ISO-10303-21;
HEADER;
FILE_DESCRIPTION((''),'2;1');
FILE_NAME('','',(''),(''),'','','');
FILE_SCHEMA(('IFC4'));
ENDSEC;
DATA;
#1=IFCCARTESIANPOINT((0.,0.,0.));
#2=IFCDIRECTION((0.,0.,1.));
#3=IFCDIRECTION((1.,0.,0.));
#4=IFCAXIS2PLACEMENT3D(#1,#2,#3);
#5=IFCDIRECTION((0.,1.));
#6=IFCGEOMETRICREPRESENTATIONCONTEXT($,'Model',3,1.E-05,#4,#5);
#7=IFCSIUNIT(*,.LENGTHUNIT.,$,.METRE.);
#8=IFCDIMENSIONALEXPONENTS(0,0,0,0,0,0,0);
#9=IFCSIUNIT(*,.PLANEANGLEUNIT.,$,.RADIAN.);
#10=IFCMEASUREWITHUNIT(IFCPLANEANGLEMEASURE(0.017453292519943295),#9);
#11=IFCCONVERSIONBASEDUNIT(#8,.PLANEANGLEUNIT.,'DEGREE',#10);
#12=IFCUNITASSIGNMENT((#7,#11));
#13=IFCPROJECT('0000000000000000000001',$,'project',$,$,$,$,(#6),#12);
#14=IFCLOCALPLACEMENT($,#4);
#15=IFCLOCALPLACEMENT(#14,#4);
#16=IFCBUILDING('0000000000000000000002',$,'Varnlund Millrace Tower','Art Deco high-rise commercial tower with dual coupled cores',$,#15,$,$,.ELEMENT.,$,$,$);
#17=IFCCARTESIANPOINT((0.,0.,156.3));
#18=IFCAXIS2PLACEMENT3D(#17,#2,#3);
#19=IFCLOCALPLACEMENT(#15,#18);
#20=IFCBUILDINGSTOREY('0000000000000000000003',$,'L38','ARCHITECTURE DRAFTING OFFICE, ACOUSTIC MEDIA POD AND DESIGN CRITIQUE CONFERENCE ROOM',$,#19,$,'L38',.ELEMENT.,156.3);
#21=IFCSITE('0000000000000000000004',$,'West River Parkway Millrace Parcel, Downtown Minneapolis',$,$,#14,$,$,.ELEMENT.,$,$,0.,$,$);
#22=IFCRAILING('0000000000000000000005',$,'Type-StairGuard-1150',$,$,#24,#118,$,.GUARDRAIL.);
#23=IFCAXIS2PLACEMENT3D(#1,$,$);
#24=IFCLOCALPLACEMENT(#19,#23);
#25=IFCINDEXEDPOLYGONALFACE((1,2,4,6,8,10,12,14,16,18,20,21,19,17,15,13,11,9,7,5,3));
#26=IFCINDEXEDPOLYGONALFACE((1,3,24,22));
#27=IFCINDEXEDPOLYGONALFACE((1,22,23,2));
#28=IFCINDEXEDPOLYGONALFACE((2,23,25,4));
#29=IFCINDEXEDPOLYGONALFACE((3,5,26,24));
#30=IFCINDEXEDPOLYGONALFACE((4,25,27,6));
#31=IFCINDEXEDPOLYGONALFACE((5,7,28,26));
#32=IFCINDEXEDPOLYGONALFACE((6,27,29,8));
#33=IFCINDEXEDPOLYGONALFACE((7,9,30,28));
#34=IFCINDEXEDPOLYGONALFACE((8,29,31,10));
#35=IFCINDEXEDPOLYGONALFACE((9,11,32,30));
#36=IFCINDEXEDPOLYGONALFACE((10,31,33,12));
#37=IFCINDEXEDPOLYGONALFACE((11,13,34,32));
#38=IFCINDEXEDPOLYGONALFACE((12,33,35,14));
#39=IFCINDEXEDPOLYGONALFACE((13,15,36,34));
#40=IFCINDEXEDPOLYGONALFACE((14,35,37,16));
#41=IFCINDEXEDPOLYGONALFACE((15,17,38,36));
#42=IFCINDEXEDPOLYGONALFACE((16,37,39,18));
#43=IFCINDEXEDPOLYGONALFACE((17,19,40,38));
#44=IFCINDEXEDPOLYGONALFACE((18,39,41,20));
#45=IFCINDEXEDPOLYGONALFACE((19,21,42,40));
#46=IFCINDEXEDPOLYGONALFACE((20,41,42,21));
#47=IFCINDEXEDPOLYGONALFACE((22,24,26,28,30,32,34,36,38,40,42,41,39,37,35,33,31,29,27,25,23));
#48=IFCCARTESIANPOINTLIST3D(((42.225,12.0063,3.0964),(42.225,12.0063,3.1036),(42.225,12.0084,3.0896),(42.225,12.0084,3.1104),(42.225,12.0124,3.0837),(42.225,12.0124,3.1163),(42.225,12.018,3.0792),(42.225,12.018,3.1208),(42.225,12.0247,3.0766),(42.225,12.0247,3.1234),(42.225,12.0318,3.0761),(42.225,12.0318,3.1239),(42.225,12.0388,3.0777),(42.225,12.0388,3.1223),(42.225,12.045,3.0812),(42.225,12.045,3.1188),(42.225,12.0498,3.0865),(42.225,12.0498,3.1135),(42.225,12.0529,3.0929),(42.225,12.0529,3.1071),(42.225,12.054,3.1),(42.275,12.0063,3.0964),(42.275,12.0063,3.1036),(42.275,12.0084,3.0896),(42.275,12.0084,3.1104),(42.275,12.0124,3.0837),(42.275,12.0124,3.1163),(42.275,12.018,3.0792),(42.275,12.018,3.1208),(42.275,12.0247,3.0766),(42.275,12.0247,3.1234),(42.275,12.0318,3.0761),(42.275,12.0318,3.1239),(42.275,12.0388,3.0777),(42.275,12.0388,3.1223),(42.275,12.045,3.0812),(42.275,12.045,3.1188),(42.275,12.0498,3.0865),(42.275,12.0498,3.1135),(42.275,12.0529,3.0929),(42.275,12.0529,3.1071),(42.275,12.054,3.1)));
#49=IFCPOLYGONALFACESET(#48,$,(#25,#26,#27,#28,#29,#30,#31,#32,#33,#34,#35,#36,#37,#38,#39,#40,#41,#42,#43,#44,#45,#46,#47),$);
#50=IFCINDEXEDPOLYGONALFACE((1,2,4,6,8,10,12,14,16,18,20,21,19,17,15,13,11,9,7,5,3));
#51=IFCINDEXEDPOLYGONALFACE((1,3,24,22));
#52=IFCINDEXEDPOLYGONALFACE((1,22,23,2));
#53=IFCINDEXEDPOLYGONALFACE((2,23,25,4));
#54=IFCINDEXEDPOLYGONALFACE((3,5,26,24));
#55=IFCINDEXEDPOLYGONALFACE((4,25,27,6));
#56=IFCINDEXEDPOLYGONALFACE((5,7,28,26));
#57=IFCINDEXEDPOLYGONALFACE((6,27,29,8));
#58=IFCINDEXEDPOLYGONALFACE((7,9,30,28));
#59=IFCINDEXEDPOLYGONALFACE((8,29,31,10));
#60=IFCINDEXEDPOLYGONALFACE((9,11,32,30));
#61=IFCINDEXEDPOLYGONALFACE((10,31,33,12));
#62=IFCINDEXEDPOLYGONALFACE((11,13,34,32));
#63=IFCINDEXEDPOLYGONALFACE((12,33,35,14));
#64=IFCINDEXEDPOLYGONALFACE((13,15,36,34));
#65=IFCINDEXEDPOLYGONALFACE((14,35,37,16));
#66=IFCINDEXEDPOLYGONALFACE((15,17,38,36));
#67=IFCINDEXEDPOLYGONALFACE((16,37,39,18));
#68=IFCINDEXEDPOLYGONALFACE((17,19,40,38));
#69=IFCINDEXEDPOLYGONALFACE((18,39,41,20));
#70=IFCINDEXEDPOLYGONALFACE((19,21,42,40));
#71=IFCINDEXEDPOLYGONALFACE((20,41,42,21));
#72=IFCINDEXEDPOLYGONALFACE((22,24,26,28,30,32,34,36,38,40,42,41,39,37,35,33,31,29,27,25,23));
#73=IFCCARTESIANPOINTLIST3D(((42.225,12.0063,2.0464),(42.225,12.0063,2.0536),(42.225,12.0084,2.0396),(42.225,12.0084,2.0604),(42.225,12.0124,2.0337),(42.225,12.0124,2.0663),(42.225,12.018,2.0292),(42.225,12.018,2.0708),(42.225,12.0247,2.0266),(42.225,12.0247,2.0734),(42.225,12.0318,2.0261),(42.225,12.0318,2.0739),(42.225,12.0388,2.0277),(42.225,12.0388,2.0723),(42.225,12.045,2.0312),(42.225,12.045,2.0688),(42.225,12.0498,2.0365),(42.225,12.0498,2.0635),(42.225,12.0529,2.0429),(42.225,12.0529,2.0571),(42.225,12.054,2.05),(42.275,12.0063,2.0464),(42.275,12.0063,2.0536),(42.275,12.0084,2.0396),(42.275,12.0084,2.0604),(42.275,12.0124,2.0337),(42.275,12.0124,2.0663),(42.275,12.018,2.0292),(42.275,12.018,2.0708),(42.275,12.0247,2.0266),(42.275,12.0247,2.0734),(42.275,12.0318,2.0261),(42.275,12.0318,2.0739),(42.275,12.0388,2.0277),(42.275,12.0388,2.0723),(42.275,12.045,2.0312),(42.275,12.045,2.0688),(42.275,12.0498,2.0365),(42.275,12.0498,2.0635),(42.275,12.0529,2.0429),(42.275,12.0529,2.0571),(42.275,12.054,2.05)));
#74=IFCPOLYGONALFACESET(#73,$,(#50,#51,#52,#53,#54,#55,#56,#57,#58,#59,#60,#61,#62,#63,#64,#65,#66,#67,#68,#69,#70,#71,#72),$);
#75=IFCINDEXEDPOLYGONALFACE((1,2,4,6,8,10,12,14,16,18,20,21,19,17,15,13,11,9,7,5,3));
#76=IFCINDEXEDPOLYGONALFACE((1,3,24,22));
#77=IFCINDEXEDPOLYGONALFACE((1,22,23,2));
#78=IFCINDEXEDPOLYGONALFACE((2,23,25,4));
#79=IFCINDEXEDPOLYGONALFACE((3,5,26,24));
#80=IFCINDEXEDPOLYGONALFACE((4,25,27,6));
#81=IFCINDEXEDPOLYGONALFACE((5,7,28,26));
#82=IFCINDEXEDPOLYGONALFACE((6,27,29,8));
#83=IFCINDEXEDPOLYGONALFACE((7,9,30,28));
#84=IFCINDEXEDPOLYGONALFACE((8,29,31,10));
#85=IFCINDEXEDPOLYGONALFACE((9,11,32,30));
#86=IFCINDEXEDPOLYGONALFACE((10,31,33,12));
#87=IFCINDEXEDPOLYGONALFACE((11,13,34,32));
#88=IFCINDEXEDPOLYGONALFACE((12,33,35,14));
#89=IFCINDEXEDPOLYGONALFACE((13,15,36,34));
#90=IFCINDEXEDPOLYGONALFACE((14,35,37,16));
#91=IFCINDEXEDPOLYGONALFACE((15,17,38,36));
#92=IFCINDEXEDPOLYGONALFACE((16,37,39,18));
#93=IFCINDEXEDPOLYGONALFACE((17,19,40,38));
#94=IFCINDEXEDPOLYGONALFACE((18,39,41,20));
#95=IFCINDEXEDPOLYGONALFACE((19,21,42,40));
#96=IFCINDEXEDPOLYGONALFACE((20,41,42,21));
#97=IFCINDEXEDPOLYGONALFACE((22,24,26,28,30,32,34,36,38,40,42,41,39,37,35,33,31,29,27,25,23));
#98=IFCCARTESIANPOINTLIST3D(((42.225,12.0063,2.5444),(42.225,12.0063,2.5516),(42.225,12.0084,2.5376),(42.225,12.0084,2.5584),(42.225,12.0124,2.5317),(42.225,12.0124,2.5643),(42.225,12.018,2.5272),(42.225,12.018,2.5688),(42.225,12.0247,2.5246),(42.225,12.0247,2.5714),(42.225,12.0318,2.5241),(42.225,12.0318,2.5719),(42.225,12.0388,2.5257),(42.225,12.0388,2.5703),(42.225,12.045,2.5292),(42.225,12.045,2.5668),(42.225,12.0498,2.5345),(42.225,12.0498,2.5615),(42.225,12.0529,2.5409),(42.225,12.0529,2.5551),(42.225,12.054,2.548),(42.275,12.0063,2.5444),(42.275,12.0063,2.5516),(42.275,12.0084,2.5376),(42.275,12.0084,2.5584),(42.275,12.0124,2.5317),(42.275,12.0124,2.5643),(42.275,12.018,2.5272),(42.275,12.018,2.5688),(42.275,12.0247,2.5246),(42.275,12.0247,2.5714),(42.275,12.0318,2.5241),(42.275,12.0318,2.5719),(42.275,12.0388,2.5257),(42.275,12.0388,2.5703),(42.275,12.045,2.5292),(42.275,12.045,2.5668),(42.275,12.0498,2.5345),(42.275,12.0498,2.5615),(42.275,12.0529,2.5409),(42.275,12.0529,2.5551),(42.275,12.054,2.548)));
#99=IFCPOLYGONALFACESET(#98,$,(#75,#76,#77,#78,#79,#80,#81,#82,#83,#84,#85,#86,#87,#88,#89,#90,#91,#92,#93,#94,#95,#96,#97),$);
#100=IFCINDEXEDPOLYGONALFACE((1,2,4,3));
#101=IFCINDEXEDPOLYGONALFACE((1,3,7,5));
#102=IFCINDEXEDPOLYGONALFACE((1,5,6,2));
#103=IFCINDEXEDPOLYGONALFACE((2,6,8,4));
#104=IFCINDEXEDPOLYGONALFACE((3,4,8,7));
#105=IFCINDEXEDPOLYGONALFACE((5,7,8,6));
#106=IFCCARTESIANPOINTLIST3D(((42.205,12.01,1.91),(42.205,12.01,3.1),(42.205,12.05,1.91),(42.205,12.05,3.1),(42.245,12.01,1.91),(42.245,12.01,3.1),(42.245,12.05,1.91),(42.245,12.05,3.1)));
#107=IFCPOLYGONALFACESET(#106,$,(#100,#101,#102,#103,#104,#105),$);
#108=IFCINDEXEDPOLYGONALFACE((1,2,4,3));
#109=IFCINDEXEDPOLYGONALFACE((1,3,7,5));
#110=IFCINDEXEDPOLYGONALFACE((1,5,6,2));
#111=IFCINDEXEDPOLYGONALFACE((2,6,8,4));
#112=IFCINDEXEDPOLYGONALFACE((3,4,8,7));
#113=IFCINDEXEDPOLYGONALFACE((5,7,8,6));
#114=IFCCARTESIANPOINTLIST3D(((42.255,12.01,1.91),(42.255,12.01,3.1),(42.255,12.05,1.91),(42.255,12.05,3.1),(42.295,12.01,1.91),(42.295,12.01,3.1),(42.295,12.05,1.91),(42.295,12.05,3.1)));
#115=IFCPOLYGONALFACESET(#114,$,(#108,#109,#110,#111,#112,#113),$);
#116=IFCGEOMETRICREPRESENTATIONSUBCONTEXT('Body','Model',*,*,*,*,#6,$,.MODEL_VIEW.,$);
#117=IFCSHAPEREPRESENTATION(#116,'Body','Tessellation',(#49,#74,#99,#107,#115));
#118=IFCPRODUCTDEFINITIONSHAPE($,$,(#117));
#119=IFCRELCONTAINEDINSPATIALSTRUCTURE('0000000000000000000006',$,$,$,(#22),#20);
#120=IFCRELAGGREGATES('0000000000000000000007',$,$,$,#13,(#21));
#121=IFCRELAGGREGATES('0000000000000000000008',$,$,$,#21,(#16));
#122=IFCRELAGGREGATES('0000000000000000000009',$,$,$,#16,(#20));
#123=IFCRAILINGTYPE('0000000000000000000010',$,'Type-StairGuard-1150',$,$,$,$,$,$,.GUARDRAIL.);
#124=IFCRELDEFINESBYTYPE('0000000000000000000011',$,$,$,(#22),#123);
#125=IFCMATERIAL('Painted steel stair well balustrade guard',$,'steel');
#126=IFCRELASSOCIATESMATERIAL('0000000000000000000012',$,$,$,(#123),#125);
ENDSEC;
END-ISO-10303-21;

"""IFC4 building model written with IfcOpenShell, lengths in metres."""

from ifc_helpers import new_model, entity, si_unit, converted_unit, direction, frame, origin_with_axes, origin_2d_with_axis, place, context, subcontext, project, spatial, rectangle, circle, extrude, material, type_object, element, save


model = new_model("IFC4")

# Units and contexts
model_context = context("Model", 3, precision=1e-05, world=origin_with_axes(), true_north=direction((0.0, 1.0)))
body_context = subcontext(model_context, "Body", "Model", "MODEL_VIEW")
ifc_project = project(units=[si_unit("LENGTHUNIT", "METRE"), converted_unit("PLANEANGLEUNIT", "DEGREE", entity("IfcPlaneAngleMeasure", 0.017453292519943295), si_unit("PLANEANGLEUNIT", "RADIAN"), dimensions=[0, 0, 0, 0, 0, 0, 0])], contexts=[model_context])

# Site, building, storey
site_placement = place(None, origin_with_axes())
site = spatial("IfcSite", under=ifc_project, at=site_placement, Name="West River Parkway Millrace Parcel, Downtown Minneapolis", CompositionType="ELEMENT", RefElevation=0.0)
building_placement = place(site_placement, origin_with_axes())
building = spatial("IfcBuilding", under=site, at=building_placement, Name="Varnlund Millrace Tower", Description="Art Deco high-rise commercial tower with dual coupled cores", CompositionType="ELEMENT")
storey_placement = place(building_placement, frame((0.0, 0.0, 156.3), z_axis=(0.0, 0.0, 1.0), x_axis=(1.0, 0.0, 0.0)))
storey = spatial("IfcBuildingStorey", under=building, at=storey_placement, Name="L38", Description="ARCHITECTURE DRAFTING OFFICE, ACOUSTIC MEDIA POD AND DESIGN CRITIQUE CONFERENCE ROOM", LongName="L38", CompositionType="ELEMENT", Elevation=156.3)

# Railing
ifc_material_1 = material(Name="Painted steel stair well balustrade guard", Category="steel")
railing_type_1 = type_object("IfcRailingType", Name="Type-StairGuard-1150", PredefinedType="GUARDRAIL", material=ifc_material_1)
railing_1_placement = place(storey_placement, frame((0.0, 0.0, -156.3), z_axis=(0.0, 0.0, 1.0), x_axis=(1.0, 0.0, 0.0)))
element("IfcRailing", 1, at=railing_1_placement, inside=storey, type_object=railing_type_1, Name="Type-StairGuard-1150", PredefinedType="GUARDRAIL", context=body_context, shape_type="SweptSolid", body=[
    extrude(circle(Radius=0.024, at=origin_2d_with_axis()), frame((42.225, 12.03, 159.4), z_axis=(1.0, 0.0, 0.0), x_axis=(0.0, 1.0, 0.0)), (0.0, 0.0, 1.0), 0.05),
    extrude(circle(Radius=0.024, at=origin_2d_with_axis()), frame((42.225, 12.03, 158.35), z_axis=(1.0, 0.0, 0.0), x_axis=(0.0, 1.0, 0.0)), (0.0, 0.0, 1.0), 0.05),
    extrude(circle(Radius=0.024, at=origin_2d_with_axis()), frame((42.225, 12.03, 158.848), z_axis=(1.0, 0.0, 0.0), x_axis=(0.0, 1.0, 0.0)), (0.0, 0.0, 1.0), 0.05),
    extrude(rectangle(XDim=0.04, YDim=0.04, at=origin_2d_with_axis()), frame((42.225, 12.03, 158.21), z_axis=(0.0, 0.0, 1.0), x_axis=(1.0, 0.0, 0.0)), (0.0, 0.0, 1.0), 1.19),
    extrude(rectangle(XDim=0.04, YDim=0.04, at=origin_2d_with_axis()), frame((42.275, 12.03, 158.21), z_axis=(0.0, 0.0, 1.0), x_axis=(1.0, 0.0, 0.0)), (0.0, 0.0, 1.0), 1.19),
])

save(model, "model.ifc")
